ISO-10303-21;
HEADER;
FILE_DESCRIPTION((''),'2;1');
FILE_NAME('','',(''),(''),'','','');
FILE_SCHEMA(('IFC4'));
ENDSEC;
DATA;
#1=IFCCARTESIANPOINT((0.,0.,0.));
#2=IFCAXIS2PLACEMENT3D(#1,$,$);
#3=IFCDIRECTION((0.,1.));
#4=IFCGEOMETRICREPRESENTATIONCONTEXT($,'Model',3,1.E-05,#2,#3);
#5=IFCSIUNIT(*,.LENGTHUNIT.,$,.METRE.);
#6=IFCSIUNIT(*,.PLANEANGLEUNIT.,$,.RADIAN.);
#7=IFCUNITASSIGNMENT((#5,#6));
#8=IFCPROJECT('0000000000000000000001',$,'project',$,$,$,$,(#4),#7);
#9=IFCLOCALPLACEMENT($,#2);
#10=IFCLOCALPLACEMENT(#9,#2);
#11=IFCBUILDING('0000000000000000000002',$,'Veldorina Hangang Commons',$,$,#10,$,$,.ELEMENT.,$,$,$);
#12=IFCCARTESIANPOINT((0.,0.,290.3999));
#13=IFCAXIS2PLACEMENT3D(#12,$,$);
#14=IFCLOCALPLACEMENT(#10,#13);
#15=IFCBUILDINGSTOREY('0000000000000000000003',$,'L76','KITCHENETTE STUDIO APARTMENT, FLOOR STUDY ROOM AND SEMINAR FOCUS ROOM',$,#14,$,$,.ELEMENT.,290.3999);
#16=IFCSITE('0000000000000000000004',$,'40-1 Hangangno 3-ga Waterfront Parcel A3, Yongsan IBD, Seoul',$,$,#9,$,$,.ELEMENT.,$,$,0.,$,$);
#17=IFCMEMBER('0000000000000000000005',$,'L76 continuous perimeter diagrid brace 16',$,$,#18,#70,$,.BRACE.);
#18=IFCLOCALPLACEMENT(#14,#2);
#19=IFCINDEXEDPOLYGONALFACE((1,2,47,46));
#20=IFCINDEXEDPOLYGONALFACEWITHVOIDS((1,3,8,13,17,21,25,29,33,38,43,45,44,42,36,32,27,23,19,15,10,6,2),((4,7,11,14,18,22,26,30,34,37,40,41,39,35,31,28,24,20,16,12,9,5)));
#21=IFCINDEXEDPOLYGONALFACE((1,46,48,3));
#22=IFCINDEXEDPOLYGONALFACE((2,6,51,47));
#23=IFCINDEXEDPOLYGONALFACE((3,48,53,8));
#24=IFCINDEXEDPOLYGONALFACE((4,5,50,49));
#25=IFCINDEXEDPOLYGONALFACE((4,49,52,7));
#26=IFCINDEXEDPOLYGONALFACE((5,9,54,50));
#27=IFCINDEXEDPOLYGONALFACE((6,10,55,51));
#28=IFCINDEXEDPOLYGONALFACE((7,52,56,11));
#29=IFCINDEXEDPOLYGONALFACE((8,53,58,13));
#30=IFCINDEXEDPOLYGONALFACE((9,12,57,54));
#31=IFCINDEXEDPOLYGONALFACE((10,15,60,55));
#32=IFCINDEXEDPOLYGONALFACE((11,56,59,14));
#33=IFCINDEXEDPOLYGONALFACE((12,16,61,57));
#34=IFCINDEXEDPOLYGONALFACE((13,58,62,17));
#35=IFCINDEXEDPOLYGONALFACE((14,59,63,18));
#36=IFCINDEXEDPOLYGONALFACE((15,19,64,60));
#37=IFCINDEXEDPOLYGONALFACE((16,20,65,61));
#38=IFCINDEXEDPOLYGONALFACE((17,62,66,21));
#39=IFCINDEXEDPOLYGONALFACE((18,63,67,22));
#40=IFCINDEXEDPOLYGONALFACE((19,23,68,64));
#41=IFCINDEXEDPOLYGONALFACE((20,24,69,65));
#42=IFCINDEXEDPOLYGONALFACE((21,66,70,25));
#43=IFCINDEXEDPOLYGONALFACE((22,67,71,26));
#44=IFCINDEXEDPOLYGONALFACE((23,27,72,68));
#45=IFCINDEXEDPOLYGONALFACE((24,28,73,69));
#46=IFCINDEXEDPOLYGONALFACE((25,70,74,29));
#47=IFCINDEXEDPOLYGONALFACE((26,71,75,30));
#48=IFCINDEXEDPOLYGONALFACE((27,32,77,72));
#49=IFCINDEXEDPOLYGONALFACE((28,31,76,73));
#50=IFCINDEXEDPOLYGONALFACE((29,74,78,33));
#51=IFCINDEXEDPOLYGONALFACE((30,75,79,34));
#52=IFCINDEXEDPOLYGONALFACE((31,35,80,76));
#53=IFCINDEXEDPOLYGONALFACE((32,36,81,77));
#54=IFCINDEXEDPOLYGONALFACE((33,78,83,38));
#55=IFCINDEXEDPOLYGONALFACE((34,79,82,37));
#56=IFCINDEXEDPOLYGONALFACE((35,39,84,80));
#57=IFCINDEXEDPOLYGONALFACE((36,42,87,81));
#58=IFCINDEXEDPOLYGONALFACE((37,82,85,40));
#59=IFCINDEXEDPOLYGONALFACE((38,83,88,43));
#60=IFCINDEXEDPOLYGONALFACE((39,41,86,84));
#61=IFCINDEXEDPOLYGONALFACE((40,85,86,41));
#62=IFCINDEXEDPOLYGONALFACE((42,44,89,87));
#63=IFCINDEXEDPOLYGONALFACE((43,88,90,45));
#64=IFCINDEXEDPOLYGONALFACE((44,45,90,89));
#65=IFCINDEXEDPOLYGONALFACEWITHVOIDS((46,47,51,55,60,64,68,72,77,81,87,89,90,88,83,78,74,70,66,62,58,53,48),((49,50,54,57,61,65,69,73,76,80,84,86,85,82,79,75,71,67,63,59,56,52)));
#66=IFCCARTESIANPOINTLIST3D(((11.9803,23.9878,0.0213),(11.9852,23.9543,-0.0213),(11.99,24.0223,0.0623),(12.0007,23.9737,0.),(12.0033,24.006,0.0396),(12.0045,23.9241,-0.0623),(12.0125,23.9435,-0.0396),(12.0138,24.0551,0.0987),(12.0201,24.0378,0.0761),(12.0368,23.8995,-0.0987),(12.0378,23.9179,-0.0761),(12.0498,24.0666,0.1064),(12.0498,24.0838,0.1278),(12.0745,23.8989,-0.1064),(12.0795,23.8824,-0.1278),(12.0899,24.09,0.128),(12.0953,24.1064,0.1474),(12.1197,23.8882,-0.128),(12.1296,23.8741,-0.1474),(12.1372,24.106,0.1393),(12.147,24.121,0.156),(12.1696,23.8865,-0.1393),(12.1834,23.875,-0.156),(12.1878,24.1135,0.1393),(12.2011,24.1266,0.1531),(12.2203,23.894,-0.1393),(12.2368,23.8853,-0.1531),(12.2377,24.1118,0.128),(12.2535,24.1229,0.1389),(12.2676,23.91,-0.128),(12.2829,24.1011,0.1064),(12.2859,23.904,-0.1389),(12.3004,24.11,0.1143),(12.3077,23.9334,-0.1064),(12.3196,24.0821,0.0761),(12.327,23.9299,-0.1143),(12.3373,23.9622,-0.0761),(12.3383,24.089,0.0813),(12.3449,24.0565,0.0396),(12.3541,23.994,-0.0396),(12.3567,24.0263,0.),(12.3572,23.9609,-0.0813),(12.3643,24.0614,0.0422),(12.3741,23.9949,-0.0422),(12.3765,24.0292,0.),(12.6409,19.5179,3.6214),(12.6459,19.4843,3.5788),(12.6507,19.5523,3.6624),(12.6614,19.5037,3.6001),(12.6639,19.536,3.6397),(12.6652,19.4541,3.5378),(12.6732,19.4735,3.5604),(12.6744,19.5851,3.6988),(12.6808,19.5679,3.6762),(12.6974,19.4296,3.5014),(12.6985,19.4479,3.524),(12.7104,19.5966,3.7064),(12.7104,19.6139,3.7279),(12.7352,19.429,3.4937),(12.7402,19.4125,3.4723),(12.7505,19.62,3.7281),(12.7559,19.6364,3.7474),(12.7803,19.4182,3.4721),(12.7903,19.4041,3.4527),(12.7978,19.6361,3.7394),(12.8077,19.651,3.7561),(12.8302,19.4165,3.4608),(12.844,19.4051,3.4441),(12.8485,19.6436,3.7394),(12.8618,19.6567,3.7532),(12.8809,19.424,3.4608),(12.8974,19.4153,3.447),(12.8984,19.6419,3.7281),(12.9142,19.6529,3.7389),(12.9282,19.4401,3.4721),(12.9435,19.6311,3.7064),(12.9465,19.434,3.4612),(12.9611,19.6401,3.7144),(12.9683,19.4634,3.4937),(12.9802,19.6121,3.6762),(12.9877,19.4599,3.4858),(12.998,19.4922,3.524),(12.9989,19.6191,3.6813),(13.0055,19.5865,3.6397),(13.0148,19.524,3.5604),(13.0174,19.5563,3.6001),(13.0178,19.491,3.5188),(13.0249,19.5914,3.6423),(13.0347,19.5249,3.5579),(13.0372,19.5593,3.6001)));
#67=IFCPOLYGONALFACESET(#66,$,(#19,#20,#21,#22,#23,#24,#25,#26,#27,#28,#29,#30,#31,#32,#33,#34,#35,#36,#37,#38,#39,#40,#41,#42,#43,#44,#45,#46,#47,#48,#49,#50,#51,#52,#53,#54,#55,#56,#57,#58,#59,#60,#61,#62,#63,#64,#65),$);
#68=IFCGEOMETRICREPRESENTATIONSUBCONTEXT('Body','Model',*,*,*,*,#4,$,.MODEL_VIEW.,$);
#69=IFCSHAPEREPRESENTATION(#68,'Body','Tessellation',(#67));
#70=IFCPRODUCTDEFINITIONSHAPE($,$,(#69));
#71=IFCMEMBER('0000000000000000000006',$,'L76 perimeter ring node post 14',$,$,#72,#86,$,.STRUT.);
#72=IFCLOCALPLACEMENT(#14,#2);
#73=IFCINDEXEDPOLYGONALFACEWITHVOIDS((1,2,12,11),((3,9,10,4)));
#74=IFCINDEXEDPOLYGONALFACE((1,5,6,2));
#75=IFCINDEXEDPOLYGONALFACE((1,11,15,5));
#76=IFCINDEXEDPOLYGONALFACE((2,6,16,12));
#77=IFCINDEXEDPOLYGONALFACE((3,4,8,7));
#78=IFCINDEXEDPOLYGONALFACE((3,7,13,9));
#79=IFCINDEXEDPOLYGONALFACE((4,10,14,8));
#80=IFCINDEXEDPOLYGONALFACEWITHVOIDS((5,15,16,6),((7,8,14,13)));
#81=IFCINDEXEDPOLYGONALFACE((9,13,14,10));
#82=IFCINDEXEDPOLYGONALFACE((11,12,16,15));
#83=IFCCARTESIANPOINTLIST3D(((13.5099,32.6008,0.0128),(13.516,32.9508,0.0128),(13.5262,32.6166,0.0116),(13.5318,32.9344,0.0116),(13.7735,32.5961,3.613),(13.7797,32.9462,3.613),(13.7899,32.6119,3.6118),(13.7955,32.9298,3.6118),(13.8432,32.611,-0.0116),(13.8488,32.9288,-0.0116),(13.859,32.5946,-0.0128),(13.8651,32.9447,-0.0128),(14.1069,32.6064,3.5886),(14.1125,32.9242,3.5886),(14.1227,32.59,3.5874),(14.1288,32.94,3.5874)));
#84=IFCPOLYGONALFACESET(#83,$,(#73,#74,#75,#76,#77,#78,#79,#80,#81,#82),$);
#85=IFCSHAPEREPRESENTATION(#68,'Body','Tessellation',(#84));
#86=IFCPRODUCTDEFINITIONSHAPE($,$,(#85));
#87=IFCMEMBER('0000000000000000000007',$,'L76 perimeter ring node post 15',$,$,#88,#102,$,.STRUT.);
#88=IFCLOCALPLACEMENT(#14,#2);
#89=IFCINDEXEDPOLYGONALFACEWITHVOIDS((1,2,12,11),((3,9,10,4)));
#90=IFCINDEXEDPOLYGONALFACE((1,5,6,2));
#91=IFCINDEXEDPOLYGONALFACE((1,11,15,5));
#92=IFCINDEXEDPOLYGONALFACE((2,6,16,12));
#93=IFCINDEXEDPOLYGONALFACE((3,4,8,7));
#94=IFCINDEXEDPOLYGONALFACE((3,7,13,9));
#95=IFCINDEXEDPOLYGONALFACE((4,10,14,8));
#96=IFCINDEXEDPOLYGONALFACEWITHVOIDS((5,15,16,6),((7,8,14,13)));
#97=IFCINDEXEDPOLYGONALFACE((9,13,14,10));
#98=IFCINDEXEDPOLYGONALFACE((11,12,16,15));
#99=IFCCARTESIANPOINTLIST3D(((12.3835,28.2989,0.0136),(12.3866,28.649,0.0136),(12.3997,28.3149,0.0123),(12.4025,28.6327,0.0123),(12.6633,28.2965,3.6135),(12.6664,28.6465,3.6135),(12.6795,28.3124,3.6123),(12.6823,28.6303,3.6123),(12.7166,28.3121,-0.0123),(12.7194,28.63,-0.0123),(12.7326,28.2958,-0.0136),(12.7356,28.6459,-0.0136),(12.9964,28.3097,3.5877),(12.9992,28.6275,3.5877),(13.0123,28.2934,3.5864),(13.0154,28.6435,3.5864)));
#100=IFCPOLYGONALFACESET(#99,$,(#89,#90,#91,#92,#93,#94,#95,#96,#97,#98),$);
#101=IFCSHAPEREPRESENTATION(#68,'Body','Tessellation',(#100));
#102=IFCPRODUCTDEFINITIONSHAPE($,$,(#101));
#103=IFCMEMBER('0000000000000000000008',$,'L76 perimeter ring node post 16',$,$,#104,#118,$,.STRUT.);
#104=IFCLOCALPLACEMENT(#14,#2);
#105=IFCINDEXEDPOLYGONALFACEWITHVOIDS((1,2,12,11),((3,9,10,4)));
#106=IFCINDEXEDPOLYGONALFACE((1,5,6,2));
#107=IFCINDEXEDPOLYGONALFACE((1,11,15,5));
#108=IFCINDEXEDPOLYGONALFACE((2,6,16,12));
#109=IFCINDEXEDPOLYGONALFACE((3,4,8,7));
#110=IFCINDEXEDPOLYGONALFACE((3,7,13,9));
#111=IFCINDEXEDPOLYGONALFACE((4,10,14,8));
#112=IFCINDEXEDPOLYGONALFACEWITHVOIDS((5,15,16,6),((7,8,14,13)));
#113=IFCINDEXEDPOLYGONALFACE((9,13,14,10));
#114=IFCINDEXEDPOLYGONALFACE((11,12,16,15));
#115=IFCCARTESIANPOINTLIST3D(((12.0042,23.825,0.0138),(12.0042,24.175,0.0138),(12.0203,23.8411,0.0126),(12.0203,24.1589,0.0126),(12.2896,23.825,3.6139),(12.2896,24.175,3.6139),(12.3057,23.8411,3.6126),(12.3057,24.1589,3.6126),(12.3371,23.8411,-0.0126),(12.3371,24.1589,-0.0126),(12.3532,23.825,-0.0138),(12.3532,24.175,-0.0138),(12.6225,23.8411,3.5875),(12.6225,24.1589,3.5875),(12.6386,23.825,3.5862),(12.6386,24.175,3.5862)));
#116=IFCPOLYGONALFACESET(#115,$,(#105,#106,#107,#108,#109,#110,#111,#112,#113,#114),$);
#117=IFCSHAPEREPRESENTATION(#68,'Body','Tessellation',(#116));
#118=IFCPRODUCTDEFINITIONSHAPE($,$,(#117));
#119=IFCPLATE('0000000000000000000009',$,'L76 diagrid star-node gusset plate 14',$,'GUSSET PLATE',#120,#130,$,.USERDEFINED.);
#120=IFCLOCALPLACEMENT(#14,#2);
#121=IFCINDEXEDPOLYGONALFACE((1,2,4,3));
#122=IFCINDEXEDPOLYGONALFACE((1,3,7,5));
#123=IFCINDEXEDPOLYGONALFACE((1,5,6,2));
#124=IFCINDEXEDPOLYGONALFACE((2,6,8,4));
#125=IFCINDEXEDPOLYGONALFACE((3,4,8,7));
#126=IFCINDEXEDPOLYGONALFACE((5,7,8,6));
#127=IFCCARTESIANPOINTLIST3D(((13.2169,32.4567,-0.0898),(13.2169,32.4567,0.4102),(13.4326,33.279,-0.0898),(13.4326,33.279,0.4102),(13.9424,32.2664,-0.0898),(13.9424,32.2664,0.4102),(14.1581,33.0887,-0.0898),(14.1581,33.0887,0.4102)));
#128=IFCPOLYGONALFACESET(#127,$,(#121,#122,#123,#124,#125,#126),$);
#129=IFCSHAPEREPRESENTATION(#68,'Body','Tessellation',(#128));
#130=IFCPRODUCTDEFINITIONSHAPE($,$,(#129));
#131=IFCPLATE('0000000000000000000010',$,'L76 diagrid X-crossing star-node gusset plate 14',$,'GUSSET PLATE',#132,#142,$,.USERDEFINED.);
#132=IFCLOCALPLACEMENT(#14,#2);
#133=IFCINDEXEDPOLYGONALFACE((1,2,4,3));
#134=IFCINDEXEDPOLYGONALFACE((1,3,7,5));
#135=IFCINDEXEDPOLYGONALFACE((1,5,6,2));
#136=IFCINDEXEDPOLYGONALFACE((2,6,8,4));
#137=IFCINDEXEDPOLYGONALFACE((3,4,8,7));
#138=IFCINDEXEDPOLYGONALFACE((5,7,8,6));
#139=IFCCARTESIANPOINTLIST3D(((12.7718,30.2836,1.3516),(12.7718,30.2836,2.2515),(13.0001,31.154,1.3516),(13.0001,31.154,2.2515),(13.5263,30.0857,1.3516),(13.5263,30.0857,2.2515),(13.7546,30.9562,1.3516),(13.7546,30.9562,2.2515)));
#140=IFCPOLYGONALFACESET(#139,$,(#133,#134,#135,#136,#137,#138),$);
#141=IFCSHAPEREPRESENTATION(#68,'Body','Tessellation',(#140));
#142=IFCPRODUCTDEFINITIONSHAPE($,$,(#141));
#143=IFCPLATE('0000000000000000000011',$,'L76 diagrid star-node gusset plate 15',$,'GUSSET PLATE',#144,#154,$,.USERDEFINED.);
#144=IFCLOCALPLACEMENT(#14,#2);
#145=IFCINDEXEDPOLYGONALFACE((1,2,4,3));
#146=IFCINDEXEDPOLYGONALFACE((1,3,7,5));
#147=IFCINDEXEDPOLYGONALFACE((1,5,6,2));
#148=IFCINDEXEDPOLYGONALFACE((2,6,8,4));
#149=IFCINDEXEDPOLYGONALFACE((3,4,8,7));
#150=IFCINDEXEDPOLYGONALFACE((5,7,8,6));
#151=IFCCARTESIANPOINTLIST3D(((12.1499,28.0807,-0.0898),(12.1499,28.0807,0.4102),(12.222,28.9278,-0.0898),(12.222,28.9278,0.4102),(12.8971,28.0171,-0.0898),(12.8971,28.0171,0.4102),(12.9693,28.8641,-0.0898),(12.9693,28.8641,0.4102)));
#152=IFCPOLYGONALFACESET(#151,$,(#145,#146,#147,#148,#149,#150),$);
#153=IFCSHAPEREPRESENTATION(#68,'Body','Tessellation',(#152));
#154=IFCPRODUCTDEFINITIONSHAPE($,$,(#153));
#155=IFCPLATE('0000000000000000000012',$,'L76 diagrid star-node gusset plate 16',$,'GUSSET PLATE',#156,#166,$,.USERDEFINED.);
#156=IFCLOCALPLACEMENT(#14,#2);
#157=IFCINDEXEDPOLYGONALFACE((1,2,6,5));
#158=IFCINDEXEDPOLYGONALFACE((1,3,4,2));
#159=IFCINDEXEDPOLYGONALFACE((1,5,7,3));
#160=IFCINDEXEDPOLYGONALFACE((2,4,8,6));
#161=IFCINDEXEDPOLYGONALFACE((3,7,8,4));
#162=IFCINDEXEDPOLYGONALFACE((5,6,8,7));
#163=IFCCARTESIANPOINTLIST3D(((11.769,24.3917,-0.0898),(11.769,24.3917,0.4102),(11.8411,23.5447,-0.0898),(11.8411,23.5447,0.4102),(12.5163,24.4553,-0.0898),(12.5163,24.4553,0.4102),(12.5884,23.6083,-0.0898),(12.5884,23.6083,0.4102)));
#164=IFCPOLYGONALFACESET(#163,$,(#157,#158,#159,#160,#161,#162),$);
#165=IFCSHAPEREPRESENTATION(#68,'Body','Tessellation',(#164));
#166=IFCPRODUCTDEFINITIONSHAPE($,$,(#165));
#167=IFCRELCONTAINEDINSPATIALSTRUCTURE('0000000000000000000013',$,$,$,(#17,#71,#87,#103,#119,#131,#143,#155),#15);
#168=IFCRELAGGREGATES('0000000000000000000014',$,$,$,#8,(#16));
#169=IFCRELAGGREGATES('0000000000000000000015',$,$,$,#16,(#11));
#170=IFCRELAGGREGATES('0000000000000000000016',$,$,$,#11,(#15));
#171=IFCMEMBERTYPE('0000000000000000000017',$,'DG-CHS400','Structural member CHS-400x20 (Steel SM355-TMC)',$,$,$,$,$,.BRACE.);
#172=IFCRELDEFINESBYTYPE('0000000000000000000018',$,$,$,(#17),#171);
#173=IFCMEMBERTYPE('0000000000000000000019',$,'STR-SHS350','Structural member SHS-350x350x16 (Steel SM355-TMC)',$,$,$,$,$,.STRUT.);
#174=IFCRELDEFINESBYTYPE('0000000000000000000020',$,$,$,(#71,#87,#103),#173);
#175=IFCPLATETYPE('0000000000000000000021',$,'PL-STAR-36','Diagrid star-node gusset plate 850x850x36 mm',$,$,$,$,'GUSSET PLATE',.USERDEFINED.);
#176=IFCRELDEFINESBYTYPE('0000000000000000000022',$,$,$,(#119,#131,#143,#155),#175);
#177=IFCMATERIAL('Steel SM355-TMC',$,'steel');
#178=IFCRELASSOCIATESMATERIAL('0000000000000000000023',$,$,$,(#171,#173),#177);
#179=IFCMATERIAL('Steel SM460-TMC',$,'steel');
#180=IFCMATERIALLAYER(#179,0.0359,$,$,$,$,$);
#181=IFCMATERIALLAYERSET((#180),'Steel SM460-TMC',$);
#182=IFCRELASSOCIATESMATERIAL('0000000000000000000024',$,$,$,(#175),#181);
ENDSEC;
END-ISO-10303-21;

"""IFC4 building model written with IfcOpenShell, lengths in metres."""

from ifc_helpers import new_model, si_unit, direction, frame, origin, origin_2d, place, context, subcontext, project, spatial, rectangle, hollow_rectangle, hollow_circle, extrude, material, layer, layer_set, material_profile, profile_set, type_object, element, save


model = new_model("IFC4")

# Units and contexts
model_context = context("Model", 3, precision=1e-05, world=origin(), true_north=direction((0.0, 1.0)))
body_context = subcontext(model_context, "Body", "Model", "MODEL_VIEW")
ifc_project = project(units=[si_unit("LENGTHUNIT", "METRE"), si_unit("PLANEANGLEUNIT", "RADIAN")], contexts=[model_context])

# Site, building, storey
site_placement = place(None, origin())
site = spatial("IfcSite", under=ifc_project, at=site_placement, Name="40-1 Hangangno 3-ga Waterfront Parcel A3, Yongsan IBD, Seoul", CompositionType="ELEMENT", RefElevation=0.0)
building_placement = place(site_placement, origin())
building = spatial("IfcBuilding", under=site, at=building_placement, Name="Veldorina Hangang Commons", CompositionType="ELEMENT")
storey_placement = place(building_placement, frame((0.0, 0.0, 290.3999)))
storey = spatial("IfcBuildingStorey", under=building, at=storey_placement, Name="L76", Description="KITCHENETTE STUDIO APARTMENT, FLOOR STUDY ROOM AND SEMINAR FOCUS ROOM", CompositionType="ELEMENT", Elevation=290.3999)

# Shared definitions
ifc_material_1 = material(Name="Steel SM355-TMC", Category="steel")

# Members
ifc_material_profile_1 = material_profile(ifc_material_1, hollow_circle(Radius=0.2, WallThickness=0.02, at=origin_2d()), Name="CHS-400x20")
ifc_profile_set_1 = profile_set([ifc_material_profile_1], Name="Steel SM355-TMC")
member_type_1 = type_object("IfcMemberType", Name="DG-CHS400", Description="Structural member CHS-400x20 (Steel SM355-TMC)", PredefinedType="BRACE", material=ifc_profile_set_1)
member_1_placement = place(storey_placement, frame((12.1787, 24.0, 0.0), z_axis=(0.114351, -0.773706, 0.62314), x_axis=(0.989254, 0.146208, 0.0)))
element("IfcMember", 1, at=member_1_placement, inside=storey, type_object=member_type_1, Name="L76 continuous perimeter diagrid brace 16", PredefinedType="BRACE", context=body_context, shape_type="SweptSolid", body=[
    extrude(hollow_circle(Radius=0.2, WallThickness=0.02, at=origin_2d()), origin(), (0.0, 0.0, 1.0), 5.7773),
])
ifc_material_profile_2 = material_profile(ifc_material_1, hollow_rectangle(XDim=0.3501, YDim=0.3501, WallThickness=0.0161, at=origin_2d()), Name="SHS-350x350x16")
ifc_profile_set_2 = profile_set([ifc_material_profile_2], Name="Steel SM355-TMC")
member_type_2 = type_object("IfcMemberType", Name="STR-SHS350", Description="Structural member SHS-350x350x16 (Steel SM355-TMC)", PredefinedType="STRUT", material=ifc_profile_set_2)
member_2_placement = place(storey_placement, frame((13.6875, 32.7727, 0.0), z_axis=(0.073044, -0.001285, 0.997328), x_axis=(0.01759, 0.999845, 0.0)))
element("IfcMember", 2, at=member_2_placement, inside=storey, type_object=member_type_2, Name="L76 perimeter ring node post 14", PredefinedType="STRUT", context=body_context, shape_type="SweptSolid", body=[
    extrude(hollow_rectangle(XDim=0.3501, YDim=0.3501, WallThickness=0.0161, at=origin_2d()), origin(), (0.0, 0.0, 1.0), 3.6099),
])
member_3_placement = place(storey_placement, frame((12.5596, 28.4724, 0.0), z_axis=(0.077482, -0.000676, 0.996993), x_axis=(0.008726, 0.999962, 0.0)))
element("IfcMember", 3, at=member_3_placement, inside=storey, type_object=member_type_2, Name="L76 perimeter ring node post 15", PredefinedType="STRUT", context=body_context, shape_type="SweptSolid", body=[
    extrude(hollow_rectangle(XDim=0.3501, YDim=0.3501, WallThickness=0.0161, at=origin_2d()), origin(), (0.0, 0.0, 1.0), 3.6108),
])
member_4_placement = place(storey_placement, frame((12.1787, 24.0, 0.0), z_axis=(0.079028, 0.0, 0.996872), x_axis=(0.0, 1.0, 0.0)))
element("IfcMember", 4, at=member_4_placement, inside=storey, type_object=member_type_2, Name="L76 perimeter ring node post 16", PredefinedType="STRUT", context=body_context, shape_type="SweptSolid", body=[
    extrude(hollow_rectangle(XDim=0.3501, YDim=0.3501, WallThickness=0.0161, at=origin_2d()), origin(), (0.0, 0.0, 1.0), 3.6113),
])

# Plates
ifc_material_2 = material(Name="Steel SM460-TMC", Category="steel")
ifc_layer_1 = layer(ifc_material_2, 0.0359)
ifc_layer_set_1 = layer_set([ifc_layer_1], Name="Steel SM460-TMC")
plate_type = type_object("IfcPlateType", Name="PL-STAR-36", Description="Diagrid star-node gusset plate 850x850x36 mm", ElementType="GUSSET PLATE", PredefinedType="USERDEFINED", material=ifc_layer_set_1)
plate_1_placement = place(storey_placement, frame((13.6875, 32.7727, -0.0898), z_axis=(0.0, 0.0, 1.0), x_axis=(-0.25369, -0.967285, 0.0)))
element("IfcPlate", 5, at=plate_1_placement, inside=storey, type_object=plate_type, Name="L76 diagrid star-node gusset plate 14", ObjectType="GUSSET PLATE", PredefinedType="USERDEFINED", context=body_context, shape_type="SweptSolid", body=[
    extrude(rectangle(XDim=0.8501, YDim=0.75, at=origin_2d()), origin(), (0.0, 0.0, 1.0), 0.5),
])
plate_2_placement = place(storey_placement, frame((13.2632, 30.6199, 1.3516), z_axis=(0.0, 0.0, 1.0), x_axis=(-0.25369, -0.967285, 0.0)))
element("IfcPlate", 6, at=plate_2_placement, inside=storey, type_object=plate_type, Name="L76 diagrid X-crossing star-node gusset plate 14", ObjectType="GUSSET PLATE", PredefinedType="USERDEFINED", context=body_context, shape_type="SweptSolid", body=[
    extrude(rectangle(XDim=0.8999, YDim=0.78, at=origin_2d()), origin(), (0.0, 0.0, 1.0), 0.8999),
])
for number, where, z_axis, x_axis, name in (
    (7, (12.5596, 28.4724, -0.0898), (0.0, 0.0, 1.0), (-0.08486, -0.996393, 0.0), "L76 diagrid star-node gusset plate 15"),
    (8, (12.1787, 24.0, -0.0898), (0.0, 0.0, 1.0), (0.08486, -0.996393, 0.0), "L76 diagrid star-node gusset plate 16"),
):
    element("IfcPlate", number, at=place(storey_placement, frame(where, z_axis=z_axis, x_axis=x_axis)), inside=storey, type_object=plate_type, Name=name, ObjectType="GUSSET PLATE", PredefinedType="USERDEFINED", context=body_context, shape_type="SweptSolid", body=[
        extrude(rectangle(XDim=0.8501, YDim=0.75, at=origin_2d()), origin(), (0.0, 0.0, 1.0), 0.5),
    ])

save(model, "model.ifc")
